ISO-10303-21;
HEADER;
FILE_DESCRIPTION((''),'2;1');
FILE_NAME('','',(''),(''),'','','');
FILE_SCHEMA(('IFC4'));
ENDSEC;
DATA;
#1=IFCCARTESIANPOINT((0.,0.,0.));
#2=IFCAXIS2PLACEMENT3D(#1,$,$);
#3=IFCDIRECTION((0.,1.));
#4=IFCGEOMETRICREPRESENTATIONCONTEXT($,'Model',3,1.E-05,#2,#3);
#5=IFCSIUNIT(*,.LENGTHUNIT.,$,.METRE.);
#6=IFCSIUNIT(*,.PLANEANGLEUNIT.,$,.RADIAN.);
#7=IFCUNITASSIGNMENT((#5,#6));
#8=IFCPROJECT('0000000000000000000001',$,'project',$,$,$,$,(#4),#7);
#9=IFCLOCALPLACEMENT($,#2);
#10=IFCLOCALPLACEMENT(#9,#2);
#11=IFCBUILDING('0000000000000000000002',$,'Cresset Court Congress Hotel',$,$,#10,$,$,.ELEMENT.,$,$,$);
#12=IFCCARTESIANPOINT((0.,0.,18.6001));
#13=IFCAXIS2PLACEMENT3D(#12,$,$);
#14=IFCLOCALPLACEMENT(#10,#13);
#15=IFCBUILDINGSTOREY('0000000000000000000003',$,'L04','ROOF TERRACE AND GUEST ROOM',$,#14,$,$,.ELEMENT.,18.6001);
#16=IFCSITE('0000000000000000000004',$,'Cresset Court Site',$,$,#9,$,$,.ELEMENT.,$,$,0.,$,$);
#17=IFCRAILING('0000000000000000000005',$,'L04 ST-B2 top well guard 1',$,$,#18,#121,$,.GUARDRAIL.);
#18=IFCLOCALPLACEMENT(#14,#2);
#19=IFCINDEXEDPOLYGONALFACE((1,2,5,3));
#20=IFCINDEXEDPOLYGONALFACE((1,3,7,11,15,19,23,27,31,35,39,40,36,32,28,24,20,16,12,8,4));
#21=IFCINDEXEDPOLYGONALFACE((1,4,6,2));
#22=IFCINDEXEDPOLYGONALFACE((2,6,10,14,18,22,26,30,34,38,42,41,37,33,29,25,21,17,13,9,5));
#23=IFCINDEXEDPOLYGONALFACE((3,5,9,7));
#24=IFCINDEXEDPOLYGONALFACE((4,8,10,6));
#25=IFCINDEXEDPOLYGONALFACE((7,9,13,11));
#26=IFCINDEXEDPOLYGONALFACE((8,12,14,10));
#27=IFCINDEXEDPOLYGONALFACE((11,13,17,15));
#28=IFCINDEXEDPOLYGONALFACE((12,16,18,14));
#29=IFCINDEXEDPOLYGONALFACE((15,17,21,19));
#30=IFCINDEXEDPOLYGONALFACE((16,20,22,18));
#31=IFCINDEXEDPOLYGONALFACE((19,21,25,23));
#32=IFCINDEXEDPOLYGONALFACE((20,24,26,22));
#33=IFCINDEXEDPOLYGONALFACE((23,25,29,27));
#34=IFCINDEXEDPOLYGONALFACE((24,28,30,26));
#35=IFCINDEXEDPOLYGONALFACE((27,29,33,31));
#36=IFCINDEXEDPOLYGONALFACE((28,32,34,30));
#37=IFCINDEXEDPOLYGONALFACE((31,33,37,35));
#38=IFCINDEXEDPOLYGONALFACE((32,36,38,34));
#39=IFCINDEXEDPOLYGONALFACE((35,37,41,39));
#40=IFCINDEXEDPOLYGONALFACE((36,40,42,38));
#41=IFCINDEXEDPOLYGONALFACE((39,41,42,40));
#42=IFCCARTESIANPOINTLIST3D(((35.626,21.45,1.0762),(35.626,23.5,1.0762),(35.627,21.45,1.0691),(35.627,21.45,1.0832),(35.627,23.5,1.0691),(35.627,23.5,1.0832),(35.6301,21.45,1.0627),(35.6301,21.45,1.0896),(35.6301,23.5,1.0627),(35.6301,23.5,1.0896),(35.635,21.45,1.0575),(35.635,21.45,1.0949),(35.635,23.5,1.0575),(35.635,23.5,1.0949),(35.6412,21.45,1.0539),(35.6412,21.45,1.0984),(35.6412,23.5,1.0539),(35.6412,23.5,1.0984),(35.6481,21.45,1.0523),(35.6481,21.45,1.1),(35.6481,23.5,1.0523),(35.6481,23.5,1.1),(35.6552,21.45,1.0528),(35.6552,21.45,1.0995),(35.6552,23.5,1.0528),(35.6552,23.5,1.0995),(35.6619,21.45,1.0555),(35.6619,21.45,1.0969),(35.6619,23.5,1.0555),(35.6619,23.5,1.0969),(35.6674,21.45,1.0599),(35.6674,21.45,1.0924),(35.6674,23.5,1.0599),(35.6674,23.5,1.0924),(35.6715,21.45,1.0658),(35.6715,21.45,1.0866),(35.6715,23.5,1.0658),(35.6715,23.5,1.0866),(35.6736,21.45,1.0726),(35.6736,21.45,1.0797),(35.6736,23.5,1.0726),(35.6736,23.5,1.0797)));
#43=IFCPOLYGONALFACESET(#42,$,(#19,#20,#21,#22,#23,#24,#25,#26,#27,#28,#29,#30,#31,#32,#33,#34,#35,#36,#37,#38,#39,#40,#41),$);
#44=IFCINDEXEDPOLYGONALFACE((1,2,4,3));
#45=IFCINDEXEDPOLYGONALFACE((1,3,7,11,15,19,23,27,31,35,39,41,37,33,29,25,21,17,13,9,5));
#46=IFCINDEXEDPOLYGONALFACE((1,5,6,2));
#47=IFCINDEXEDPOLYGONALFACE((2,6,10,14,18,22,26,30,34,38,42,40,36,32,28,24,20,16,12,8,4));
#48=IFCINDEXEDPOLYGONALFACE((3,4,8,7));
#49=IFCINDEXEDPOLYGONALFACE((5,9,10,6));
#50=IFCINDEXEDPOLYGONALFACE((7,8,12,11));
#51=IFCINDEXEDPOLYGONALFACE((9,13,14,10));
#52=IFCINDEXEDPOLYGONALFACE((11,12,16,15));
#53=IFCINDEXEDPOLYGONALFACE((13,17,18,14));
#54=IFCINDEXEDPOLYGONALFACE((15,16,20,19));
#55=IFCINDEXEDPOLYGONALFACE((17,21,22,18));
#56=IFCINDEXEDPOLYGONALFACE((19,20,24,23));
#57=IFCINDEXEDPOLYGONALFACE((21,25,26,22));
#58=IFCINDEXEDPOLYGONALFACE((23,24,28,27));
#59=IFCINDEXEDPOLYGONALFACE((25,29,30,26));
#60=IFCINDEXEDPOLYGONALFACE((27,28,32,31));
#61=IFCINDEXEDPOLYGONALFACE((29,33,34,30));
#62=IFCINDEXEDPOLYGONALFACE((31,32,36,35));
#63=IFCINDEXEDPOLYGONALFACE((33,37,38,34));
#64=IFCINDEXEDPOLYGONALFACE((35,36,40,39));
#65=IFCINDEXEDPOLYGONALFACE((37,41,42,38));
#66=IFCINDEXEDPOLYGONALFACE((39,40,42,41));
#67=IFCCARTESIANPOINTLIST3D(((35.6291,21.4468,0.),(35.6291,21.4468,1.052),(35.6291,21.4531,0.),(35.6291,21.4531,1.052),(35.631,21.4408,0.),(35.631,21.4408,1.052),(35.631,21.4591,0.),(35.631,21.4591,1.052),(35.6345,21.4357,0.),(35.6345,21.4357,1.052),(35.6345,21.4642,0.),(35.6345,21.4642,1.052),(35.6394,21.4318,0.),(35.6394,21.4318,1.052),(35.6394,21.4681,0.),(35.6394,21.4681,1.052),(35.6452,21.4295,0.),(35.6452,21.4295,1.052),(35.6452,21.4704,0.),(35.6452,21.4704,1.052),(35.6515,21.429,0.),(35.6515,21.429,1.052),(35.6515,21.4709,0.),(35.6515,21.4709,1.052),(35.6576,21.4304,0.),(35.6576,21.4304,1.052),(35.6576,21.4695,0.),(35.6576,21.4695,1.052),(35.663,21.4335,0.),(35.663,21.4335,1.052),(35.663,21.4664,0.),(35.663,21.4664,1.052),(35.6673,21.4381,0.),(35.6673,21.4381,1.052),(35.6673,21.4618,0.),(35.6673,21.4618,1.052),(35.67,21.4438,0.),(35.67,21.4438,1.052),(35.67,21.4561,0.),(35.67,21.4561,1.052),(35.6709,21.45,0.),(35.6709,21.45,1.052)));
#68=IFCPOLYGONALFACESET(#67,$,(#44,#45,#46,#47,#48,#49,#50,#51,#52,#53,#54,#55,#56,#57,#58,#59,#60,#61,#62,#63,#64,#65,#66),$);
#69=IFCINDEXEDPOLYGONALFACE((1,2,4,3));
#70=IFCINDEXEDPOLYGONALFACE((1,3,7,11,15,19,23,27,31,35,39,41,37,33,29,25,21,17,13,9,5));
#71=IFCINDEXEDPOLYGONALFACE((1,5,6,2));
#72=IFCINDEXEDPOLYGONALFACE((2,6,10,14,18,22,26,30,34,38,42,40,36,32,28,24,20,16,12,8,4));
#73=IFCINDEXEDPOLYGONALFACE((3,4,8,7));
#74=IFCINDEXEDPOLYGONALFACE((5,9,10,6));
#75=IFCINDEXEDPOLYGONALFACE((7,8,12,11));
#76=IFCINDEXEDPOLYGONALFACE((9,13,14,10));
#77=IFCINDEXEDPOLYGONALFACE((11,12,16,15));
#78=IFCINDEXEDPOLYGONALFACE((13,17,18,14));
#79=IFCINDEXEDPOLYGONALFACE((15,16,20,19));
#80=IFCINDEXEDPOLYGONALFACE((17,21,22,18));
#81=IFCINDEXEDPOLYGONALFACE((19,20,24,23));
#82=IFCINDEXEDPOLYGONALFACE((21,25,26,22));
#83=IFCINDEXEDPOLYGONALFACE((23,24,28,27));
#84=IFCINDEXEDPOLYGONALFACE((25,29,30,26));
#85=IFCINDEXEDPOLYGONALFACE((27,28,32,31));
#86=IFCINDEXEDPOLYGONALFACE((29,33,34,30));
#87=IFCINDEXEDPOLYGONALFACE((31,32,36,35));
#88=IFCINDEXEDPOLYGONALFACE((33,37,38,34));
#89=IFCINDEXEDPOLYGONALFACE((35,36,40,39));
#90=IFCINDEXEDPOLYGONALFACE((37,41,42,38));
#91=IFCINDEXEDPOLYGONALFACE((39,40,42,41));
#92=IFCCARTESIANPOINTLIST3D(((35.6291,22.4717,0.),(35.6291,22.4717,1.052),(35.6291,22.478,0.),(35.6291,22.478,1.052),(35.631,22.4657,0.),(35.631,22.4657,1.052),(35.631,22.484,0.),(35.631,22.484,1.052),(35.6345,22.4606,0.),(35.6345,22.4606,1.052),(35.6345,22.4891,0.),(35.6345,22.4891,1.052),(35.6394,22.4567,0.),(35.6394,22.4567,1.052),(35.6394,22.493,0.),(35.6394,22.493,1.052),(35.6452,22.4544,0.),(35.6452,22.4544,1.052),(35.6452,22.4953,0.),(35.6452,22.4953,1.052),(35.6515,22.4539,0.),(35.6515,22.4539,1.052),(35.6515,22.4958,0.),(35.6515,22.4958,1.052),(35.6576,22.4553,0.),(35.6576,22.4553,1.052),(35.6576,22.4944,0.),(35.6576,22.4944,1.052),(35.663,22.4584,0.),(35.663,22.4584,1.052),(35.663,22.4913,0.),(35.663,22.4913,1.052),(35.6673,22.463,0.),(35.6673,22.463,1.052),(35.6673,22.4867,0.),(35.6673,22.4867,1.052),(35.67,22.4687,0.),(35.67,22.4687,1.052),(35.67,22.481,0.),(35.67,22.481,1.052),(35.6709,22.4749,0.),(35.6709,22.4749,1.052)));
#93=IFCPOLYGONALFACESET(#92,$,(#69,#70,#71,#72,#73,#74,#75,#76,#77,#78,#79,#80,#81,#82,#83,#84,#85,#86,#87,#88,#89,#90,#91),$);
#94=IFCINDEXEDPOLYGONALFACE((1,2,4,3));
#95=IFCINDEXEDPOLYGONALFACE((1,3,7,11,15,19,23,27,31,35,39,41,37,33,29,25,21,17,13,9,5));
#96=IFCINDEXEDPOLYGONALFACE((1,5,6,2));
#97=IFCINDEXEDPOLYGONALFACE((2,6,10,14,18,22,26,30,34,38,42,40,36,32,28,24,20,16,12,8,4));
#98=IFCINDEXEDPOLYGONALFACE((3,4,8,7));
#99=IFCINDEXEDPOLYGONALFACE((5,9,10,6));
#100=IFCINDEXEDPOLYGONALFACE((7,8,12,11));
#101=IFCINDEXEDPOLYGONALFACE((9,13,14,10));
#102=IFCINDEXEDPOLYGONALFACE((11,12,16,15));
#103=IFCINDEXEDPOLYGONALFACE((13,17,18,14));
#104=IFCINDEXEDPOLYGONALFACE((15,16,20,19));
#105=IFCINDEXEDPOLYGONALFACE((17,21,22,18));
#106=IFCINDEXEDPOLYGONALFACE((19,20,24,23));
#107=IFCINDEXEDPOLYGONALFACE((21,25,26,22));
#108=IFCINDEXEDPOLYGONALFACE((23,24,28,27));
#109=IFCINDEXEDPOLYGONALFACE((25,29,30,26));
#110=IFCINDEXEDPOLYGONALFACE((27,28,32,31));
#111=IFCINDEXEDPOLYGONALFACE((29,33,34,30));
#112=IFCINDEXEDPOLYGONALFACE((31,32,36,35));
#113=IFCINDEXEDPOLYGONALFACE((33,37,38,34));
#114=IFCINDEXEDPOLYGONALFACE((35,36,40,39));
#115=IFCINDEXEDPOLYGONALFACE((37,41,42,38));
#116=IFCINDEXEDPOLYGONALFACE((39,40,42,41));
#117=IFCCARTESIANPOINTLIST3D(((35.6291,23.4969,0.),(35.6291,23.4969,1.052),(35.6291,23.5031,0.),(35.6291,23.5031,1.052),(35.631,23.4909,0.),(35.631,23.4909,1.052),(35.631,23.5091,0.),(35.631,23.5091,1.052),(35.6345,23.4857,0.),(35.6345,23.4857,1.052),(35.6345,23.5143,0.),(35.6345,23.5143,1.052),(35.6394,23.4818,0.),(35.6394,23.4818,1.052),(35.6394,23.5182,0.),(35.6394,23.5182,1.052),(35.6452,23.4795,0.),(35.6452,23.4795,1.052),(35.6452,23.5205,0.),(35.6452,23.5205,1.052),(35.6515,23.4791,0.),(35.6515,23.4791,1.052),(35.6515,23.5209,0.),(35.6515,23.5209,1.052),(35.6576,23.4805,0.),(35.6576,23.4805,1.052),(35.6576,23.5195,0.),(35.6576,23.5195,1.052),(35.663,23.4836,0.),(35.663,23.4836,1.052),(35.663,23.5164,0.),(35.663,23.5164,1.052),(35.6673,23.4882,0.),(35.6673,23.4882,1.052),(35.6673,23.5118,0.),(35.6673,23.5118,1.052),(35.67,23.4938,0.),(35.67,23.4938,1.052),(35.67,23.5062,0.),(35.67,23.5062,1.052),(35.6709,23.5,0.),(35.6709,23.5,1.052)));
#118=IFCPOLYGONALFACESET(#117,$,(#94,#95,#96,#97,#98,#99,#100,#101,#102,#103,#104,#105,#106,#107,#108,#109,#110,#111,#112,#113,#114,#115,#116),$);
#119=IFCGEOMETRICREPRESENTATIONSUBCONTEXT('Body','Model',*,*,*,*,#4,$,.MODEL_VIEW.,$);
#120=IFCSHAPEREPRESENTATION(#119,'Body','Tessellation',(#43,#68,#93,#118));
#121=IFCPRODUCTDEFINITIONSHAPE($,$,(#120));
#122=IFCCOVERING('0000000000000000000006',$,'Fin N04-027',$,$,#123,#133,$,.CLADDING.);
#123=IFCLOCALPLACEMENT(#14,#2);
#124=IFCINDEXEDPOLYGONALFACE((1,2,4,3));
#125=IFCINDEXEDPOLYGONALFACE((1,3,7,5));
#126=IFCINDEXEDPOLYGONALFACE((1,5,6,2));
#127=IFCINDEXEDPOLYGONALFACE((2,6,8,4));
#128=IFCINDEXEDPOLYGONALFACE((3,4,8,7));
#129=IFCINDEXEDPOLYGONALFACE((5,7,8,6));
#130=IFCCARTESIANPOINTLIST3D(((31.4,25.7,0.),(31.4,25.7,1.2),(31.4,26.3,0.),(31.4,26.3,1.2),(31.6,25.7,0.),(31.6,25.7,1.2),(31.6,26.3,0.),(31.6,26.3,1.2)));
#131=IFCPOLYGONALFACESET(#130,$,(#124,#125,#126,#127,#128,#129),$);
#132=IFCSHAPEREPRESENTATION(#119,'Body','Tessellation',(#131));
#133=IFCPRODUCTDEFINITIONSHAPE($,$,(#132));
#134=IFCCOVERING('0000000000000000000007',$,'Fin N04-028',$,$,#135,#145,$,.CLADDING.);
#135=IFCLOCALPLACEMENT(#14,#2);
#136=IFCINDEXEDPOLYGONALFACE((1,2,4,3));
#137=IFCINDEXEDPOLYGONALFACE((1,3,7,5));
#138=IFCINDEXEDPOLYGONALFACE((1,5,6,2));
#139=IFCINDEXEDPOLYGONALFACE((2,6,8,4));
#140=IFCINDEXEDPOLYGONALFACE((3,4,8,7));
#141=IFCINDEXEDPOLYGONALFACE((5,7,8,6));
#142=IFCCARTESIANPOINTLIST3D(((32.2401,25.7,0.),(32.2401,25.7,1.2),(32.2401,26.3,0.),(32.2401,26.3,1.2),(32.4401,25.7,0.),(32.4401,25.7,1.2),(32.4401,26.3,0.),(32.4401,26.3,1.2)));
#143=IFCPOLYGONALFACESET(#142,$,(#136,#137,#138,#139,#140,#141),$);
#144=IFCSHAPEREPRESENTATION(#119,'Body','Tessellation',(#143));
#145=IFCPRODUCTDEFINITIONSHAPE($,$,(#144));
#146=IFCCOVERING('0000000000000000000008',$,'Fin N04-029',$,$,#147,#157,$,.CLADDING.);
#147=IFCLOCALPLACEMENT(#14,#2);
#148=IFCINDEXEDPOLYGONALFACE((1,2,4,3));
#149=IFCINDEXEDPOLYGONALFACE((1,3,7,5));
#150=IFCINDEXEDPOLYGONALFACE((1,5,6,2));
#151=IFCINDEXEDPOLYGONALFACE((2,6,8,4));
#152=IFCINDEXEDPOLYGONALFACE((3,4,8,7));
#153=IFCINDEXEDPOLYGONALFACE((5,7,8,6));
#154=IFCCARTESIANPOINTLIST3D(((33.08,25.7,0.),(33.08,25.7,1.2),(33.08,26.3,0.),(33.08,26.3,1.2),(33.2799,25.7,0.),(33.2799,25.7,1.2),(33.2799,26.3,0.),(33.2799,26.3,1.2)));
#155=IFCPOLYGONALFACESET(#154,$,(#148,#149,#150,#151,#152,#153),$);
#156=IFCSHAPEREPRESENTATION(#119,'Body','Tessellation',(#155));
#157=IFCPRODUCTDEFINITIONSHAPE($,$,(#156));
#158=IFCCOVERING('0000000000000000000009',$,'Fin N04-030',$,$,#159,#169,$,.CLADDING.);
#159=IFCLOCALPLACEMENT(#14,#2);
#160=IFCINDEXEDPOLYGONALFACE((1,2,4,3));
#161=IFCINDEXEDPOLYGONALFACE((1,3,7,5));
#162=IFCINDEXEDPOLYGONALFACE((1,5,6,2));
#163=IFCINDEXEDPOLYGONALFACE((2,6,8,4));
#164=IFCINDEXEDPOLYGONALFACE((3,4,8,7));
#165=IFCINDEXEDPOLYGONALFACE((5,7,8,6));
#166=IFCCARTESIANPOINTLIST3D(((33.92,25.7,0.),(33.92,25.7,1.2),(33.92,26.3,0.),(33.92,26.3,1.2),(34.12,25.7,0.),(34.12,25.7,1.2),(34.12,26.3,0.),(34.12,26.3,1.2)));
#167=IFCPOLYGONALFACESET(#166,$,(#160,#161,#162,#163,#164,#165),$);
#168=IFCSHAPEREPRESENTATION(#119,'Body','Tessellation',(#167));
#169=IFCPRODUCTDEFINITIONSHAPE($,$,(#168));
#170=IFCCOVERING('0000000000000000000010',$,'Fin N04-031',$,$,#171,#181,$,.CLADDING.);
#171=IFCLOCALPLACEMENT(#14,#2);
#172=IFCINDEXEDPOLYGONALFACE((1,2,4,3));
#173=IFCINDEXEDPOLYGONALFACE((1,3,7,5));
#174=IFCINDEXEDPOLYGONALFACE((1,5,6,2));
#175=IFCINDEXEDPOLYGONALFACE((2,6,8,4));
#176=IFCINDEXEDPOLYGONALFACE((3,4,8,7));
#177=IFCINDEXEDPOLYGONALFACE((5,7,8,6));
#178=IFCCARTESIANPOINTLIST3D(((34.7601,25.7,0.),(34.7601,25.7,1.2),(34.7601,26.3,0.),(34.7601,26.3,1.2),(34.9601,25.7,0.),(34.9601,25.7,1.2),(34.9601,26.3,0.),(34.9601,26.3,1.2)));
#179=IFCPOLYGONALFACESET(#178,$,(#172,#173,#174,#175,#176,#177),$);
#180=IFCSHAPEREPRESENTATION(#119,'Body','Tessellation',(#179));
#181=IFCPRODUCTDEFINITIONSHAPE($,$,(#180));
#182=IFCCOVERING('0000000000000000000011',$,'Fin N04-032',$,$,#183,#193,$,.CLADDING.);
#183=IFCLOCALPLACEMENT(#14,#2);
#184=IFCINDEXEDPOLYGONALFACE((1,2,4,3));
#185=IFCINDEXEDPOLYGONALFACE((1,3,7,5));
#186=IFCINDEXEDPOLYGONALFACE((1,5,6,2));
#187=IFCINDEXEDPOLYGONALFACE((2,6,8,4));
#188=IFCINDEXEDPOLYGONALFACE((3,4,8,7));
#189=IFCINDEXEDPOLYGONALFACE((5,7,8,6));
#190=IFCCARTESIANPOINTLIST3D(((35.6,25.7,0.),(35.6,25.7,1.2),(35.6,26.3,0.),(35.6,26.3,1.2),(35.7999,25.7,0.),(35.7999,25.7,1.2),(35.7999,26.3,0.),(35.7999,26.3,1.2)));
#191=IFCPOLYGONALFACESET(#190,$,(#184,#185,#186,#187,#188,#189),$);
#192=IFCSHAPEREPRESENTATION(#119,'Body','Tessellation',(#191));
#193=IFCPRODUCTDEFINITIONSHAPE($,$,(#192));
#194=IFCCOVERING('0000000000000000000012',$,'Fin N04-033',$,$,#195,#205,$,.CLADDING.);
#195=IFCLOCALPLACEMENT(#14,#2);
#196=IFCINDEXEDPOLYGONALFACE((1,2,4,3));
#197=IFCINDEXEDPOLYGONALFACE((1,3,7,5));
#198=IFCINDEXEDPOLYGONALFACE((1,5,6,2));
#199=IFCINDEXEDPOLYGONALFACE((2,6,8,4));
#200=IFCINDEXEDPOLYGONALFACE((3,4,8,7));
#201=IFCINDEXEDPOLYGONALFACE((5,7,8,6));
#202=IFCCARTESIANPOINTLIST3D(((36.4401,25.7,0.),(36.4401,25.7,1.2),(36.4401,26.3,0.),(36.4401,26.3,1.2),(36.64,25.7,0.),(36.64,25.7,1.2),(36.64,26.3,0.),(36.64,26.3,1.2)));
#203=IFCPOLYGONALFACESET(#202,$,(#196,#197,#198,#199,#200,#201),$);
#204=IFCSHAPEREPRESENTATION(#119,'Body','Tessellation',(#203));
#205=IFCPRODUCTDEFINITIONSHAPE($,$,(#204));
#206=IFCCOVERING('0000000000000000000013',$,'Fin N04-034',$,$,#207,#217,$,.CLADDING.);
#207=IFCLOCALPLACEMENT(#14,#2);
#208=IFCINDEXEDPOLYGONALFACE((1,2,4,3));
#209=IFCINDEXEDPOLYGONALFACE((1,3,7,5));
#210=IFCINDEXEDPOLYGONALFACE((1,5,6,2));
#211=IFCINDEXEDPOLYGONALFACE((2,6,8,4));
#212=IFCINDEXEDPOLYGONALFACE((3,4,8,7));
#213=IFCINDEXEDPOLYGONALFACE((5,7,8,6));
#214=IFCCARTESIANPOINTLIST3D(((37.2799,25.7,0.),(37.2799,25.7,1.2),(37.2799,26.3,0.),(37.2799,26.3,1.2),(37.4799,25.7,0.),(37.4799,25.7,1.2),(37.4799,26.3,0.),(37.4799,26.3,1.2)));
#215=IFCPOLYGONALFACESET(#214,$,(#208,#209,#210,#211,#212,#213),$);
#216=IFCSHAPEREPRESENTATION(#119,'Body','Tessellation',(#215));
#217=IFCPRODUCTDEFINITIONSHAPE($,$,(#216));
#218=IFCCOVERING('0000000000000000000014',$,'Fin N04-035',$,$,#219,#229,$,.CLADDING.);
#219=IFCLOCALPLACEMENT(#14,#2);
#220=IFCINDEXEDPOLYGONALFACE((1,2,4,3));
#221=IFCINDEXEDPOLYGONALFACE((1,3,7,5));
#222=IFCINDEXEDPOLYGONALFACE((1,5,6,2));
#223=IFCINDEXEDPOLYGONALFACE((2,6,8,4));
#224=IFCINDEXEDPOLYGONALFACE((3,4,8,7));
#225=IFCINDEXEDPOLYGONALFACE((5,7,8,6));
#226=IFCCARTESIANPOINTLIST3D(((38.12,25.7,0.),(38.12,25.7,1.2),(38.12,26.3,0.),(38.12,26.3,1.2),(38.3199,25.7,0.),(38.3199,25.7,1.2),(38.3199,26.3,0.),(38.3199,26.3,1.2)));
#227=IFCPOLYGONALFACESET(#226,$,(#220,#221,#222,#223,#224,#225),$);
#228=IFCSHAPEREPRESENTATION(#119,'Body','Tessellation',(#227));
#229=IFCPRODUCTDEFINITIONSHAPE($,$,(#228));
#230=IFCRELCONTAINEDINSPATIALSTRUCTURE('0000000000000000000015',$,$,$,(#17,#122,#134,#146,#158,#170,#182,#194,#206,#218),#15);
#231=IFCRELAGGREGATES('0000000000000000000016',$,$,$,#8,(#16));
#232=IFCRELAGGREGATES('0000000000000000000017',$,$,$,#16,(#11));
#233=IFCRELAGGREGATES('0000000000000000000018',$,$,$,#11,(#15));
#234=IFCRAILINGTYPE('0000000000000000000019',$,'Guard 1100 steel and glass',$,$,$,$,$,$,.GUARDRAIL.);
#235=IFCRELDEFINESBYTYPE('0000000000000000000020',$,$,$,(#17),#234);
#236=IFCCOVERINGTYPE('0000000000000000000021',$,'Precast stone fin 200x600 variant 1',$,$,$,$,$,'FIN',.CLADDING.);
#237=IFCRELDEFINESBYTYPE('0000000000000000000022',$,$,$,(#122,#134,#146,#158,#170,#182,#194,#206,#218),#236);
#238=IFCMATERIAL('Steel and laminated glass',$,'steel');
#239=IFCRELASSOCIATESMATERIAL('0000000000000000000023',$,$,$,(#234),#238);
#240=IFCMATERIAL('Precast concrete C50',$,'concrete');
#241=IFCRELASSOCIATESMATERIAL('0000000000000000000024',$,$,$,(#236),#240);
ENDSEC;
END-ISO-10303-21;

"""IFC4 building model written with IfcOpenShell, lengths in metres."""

from ifc_helpers import new_model, si_unit, direction, frame, origin, origin_2d, place, context, subcontext, project, spatial, rectangle, circle, extrude, material, type_object, element, save


model = new_model("IFC4")

# Units and contexts
model_context = context("Model", 3, precision=1e-05, world=origin(), true_north=direction((0.0, 1.0)))
body_context = subcontext(model_context, "Body", "Model", "MODEL_VIEW")
ifc_project = project(units=[si_unit("LENGTHUNIT", "METRE"), si_unit("PLANEANGLEUNIT", "RADIAN")], contexts=[model_context])

# Site, building, storey
site_placement = place(None, origin())
site = spatial("IfcSite", under=ifc_project, at=site_placement, Name="Cresset Court Site", CompositionType="ELEMENT", RefElevation=0.0)
building_placement = place(site_placement, origin())
building = spatial("IfcBuilding", under=site, at=building_placement, Name="Cresset Court Congress Hotel", CompositionType="ELEMENT")
storey_placement = place(building_placement, frame((0.0, 0.0, 18.6001)))
storey = spatial("IfcBuildingStorey", under=building, at=storey_placement, Name="L04", Description="ROOF TERRACE AND GUEST ROOM", CompositionType="ELEMENT", Elevation=18.6001)

# Railing
ifc_material_1 = material(Name="Steel and laminated glass", Category="steel")
railing_type = type_object("IfcRailingType", Name="Guard 1100 steel and glass", PredefinedType="GUARDRAIL", material=ifc_material_1)
railing_placement = place(storey_placement, frame((35.6499, 21.45, 0.0)))
element("IfcRailing", 1, at=railing_placement, inside=storey, type_object=railing_type, Name="L04 ST-B2 top well guard 1", PredefinedType="GUARDRAIL", context=body_context, shape_type="SweptSolid", body=[
    extrude(circle(Radius=0.0239, at=origin_2d()), frame((0.0, 0.0, 1.0762), z_axis=(0.0, 1.0, 0.0), x_axis=(-1.0, 0.0, 0.0)), (0.0, 0.0, 1.0), 2.05),
    extrude(circle(Radius=0.021, at=origin_2d()), origin(), (0.0, 0.0, 1.0), 1.052),
    extrude(circle(Radius=0.021, at=origin_2d()), frame((0.0, 1.0249, 0.0)), (0.0, 0.0, 1.0), 1.052),
    extrude(circle(Radius=0.021, at=origin_2d()), frame((0.0, 2.05, 0.0)), (0.0, 0.0, 1.0), 1.052),
])

# Coverings
ifc_material_2 = material(Name="Precast concrete C50", Category="concrete")
covering_type_1 = type_object("IfcCoveringType", Name="Precast stone fin 200x600 variant 1", ElementType="FIN", PredefinedType="CLADDING", material=ifc_material_2)
for number, where, z_axis, x_axis, name in (
    (2, (31.5, 26.0, 0.0), (0.0, 0.0, 1.0), (1.0, 0.0, 0.0), "Fin N04-027"),
    (3, (32.3401, 26.0, 0.0), (0.0, 0.0, 1.0), (1.0, 0.0, 0.0), "Fin N04-028"),
    (4, (33.1799, 26.0, 0.0), (0.0, 0.0, 1.0), (1.0, 0.0, 0.0), "Fin N04-029"),
    (5, (34.02, 26.0, 0.0), (0.0, 0.0, 1.0), (1.0, 0.0, 0.0), "Fin N04-030"),
    (6, (34.8601, 26.0, 0.0), (0.0, 0.0, 1.0), (1.0, 0.0, 0.0), "Fin N04-031"),
    (7, (35.7, 26.0, 0.0), (0.0, 0.0, 1.0), (1.0, 0.0, 0.0), "Fin N04-032"),
    (8, (36.54, 26.0, 0.0), (0.0, 0.0, 1.0), (1.0, 0.0, 0.0), "Fin N04-033"),
    (9, (37.3799, 26.0, 0.0), (0.0, 0.0, 1.0), (1.0, 0.0, 0.0), "Fin N04-034"),
    (10, (38.22, 26.0, 0.0), (0.0, 0.0, 1.0), (1.0, 0.0, 0.0), "Fin N04-035"),
):
    element("IfcCovering", number, at=place(storey_placement, frame(where, z_axis=z_axis, x_axis=x_axis)), inside=storey, type_object=covering_type_1, Name=name, PredefinedType="CLADDING", context=body_context, shape_type="SweptSolid", body=[
        extrude(rectangle(XDim=0.2, YDim=0.6001, at=origin_2d()), origin(), (0.0, 0.0, 1.0), 1.2),
    ])

save(model, "model.ifc")
